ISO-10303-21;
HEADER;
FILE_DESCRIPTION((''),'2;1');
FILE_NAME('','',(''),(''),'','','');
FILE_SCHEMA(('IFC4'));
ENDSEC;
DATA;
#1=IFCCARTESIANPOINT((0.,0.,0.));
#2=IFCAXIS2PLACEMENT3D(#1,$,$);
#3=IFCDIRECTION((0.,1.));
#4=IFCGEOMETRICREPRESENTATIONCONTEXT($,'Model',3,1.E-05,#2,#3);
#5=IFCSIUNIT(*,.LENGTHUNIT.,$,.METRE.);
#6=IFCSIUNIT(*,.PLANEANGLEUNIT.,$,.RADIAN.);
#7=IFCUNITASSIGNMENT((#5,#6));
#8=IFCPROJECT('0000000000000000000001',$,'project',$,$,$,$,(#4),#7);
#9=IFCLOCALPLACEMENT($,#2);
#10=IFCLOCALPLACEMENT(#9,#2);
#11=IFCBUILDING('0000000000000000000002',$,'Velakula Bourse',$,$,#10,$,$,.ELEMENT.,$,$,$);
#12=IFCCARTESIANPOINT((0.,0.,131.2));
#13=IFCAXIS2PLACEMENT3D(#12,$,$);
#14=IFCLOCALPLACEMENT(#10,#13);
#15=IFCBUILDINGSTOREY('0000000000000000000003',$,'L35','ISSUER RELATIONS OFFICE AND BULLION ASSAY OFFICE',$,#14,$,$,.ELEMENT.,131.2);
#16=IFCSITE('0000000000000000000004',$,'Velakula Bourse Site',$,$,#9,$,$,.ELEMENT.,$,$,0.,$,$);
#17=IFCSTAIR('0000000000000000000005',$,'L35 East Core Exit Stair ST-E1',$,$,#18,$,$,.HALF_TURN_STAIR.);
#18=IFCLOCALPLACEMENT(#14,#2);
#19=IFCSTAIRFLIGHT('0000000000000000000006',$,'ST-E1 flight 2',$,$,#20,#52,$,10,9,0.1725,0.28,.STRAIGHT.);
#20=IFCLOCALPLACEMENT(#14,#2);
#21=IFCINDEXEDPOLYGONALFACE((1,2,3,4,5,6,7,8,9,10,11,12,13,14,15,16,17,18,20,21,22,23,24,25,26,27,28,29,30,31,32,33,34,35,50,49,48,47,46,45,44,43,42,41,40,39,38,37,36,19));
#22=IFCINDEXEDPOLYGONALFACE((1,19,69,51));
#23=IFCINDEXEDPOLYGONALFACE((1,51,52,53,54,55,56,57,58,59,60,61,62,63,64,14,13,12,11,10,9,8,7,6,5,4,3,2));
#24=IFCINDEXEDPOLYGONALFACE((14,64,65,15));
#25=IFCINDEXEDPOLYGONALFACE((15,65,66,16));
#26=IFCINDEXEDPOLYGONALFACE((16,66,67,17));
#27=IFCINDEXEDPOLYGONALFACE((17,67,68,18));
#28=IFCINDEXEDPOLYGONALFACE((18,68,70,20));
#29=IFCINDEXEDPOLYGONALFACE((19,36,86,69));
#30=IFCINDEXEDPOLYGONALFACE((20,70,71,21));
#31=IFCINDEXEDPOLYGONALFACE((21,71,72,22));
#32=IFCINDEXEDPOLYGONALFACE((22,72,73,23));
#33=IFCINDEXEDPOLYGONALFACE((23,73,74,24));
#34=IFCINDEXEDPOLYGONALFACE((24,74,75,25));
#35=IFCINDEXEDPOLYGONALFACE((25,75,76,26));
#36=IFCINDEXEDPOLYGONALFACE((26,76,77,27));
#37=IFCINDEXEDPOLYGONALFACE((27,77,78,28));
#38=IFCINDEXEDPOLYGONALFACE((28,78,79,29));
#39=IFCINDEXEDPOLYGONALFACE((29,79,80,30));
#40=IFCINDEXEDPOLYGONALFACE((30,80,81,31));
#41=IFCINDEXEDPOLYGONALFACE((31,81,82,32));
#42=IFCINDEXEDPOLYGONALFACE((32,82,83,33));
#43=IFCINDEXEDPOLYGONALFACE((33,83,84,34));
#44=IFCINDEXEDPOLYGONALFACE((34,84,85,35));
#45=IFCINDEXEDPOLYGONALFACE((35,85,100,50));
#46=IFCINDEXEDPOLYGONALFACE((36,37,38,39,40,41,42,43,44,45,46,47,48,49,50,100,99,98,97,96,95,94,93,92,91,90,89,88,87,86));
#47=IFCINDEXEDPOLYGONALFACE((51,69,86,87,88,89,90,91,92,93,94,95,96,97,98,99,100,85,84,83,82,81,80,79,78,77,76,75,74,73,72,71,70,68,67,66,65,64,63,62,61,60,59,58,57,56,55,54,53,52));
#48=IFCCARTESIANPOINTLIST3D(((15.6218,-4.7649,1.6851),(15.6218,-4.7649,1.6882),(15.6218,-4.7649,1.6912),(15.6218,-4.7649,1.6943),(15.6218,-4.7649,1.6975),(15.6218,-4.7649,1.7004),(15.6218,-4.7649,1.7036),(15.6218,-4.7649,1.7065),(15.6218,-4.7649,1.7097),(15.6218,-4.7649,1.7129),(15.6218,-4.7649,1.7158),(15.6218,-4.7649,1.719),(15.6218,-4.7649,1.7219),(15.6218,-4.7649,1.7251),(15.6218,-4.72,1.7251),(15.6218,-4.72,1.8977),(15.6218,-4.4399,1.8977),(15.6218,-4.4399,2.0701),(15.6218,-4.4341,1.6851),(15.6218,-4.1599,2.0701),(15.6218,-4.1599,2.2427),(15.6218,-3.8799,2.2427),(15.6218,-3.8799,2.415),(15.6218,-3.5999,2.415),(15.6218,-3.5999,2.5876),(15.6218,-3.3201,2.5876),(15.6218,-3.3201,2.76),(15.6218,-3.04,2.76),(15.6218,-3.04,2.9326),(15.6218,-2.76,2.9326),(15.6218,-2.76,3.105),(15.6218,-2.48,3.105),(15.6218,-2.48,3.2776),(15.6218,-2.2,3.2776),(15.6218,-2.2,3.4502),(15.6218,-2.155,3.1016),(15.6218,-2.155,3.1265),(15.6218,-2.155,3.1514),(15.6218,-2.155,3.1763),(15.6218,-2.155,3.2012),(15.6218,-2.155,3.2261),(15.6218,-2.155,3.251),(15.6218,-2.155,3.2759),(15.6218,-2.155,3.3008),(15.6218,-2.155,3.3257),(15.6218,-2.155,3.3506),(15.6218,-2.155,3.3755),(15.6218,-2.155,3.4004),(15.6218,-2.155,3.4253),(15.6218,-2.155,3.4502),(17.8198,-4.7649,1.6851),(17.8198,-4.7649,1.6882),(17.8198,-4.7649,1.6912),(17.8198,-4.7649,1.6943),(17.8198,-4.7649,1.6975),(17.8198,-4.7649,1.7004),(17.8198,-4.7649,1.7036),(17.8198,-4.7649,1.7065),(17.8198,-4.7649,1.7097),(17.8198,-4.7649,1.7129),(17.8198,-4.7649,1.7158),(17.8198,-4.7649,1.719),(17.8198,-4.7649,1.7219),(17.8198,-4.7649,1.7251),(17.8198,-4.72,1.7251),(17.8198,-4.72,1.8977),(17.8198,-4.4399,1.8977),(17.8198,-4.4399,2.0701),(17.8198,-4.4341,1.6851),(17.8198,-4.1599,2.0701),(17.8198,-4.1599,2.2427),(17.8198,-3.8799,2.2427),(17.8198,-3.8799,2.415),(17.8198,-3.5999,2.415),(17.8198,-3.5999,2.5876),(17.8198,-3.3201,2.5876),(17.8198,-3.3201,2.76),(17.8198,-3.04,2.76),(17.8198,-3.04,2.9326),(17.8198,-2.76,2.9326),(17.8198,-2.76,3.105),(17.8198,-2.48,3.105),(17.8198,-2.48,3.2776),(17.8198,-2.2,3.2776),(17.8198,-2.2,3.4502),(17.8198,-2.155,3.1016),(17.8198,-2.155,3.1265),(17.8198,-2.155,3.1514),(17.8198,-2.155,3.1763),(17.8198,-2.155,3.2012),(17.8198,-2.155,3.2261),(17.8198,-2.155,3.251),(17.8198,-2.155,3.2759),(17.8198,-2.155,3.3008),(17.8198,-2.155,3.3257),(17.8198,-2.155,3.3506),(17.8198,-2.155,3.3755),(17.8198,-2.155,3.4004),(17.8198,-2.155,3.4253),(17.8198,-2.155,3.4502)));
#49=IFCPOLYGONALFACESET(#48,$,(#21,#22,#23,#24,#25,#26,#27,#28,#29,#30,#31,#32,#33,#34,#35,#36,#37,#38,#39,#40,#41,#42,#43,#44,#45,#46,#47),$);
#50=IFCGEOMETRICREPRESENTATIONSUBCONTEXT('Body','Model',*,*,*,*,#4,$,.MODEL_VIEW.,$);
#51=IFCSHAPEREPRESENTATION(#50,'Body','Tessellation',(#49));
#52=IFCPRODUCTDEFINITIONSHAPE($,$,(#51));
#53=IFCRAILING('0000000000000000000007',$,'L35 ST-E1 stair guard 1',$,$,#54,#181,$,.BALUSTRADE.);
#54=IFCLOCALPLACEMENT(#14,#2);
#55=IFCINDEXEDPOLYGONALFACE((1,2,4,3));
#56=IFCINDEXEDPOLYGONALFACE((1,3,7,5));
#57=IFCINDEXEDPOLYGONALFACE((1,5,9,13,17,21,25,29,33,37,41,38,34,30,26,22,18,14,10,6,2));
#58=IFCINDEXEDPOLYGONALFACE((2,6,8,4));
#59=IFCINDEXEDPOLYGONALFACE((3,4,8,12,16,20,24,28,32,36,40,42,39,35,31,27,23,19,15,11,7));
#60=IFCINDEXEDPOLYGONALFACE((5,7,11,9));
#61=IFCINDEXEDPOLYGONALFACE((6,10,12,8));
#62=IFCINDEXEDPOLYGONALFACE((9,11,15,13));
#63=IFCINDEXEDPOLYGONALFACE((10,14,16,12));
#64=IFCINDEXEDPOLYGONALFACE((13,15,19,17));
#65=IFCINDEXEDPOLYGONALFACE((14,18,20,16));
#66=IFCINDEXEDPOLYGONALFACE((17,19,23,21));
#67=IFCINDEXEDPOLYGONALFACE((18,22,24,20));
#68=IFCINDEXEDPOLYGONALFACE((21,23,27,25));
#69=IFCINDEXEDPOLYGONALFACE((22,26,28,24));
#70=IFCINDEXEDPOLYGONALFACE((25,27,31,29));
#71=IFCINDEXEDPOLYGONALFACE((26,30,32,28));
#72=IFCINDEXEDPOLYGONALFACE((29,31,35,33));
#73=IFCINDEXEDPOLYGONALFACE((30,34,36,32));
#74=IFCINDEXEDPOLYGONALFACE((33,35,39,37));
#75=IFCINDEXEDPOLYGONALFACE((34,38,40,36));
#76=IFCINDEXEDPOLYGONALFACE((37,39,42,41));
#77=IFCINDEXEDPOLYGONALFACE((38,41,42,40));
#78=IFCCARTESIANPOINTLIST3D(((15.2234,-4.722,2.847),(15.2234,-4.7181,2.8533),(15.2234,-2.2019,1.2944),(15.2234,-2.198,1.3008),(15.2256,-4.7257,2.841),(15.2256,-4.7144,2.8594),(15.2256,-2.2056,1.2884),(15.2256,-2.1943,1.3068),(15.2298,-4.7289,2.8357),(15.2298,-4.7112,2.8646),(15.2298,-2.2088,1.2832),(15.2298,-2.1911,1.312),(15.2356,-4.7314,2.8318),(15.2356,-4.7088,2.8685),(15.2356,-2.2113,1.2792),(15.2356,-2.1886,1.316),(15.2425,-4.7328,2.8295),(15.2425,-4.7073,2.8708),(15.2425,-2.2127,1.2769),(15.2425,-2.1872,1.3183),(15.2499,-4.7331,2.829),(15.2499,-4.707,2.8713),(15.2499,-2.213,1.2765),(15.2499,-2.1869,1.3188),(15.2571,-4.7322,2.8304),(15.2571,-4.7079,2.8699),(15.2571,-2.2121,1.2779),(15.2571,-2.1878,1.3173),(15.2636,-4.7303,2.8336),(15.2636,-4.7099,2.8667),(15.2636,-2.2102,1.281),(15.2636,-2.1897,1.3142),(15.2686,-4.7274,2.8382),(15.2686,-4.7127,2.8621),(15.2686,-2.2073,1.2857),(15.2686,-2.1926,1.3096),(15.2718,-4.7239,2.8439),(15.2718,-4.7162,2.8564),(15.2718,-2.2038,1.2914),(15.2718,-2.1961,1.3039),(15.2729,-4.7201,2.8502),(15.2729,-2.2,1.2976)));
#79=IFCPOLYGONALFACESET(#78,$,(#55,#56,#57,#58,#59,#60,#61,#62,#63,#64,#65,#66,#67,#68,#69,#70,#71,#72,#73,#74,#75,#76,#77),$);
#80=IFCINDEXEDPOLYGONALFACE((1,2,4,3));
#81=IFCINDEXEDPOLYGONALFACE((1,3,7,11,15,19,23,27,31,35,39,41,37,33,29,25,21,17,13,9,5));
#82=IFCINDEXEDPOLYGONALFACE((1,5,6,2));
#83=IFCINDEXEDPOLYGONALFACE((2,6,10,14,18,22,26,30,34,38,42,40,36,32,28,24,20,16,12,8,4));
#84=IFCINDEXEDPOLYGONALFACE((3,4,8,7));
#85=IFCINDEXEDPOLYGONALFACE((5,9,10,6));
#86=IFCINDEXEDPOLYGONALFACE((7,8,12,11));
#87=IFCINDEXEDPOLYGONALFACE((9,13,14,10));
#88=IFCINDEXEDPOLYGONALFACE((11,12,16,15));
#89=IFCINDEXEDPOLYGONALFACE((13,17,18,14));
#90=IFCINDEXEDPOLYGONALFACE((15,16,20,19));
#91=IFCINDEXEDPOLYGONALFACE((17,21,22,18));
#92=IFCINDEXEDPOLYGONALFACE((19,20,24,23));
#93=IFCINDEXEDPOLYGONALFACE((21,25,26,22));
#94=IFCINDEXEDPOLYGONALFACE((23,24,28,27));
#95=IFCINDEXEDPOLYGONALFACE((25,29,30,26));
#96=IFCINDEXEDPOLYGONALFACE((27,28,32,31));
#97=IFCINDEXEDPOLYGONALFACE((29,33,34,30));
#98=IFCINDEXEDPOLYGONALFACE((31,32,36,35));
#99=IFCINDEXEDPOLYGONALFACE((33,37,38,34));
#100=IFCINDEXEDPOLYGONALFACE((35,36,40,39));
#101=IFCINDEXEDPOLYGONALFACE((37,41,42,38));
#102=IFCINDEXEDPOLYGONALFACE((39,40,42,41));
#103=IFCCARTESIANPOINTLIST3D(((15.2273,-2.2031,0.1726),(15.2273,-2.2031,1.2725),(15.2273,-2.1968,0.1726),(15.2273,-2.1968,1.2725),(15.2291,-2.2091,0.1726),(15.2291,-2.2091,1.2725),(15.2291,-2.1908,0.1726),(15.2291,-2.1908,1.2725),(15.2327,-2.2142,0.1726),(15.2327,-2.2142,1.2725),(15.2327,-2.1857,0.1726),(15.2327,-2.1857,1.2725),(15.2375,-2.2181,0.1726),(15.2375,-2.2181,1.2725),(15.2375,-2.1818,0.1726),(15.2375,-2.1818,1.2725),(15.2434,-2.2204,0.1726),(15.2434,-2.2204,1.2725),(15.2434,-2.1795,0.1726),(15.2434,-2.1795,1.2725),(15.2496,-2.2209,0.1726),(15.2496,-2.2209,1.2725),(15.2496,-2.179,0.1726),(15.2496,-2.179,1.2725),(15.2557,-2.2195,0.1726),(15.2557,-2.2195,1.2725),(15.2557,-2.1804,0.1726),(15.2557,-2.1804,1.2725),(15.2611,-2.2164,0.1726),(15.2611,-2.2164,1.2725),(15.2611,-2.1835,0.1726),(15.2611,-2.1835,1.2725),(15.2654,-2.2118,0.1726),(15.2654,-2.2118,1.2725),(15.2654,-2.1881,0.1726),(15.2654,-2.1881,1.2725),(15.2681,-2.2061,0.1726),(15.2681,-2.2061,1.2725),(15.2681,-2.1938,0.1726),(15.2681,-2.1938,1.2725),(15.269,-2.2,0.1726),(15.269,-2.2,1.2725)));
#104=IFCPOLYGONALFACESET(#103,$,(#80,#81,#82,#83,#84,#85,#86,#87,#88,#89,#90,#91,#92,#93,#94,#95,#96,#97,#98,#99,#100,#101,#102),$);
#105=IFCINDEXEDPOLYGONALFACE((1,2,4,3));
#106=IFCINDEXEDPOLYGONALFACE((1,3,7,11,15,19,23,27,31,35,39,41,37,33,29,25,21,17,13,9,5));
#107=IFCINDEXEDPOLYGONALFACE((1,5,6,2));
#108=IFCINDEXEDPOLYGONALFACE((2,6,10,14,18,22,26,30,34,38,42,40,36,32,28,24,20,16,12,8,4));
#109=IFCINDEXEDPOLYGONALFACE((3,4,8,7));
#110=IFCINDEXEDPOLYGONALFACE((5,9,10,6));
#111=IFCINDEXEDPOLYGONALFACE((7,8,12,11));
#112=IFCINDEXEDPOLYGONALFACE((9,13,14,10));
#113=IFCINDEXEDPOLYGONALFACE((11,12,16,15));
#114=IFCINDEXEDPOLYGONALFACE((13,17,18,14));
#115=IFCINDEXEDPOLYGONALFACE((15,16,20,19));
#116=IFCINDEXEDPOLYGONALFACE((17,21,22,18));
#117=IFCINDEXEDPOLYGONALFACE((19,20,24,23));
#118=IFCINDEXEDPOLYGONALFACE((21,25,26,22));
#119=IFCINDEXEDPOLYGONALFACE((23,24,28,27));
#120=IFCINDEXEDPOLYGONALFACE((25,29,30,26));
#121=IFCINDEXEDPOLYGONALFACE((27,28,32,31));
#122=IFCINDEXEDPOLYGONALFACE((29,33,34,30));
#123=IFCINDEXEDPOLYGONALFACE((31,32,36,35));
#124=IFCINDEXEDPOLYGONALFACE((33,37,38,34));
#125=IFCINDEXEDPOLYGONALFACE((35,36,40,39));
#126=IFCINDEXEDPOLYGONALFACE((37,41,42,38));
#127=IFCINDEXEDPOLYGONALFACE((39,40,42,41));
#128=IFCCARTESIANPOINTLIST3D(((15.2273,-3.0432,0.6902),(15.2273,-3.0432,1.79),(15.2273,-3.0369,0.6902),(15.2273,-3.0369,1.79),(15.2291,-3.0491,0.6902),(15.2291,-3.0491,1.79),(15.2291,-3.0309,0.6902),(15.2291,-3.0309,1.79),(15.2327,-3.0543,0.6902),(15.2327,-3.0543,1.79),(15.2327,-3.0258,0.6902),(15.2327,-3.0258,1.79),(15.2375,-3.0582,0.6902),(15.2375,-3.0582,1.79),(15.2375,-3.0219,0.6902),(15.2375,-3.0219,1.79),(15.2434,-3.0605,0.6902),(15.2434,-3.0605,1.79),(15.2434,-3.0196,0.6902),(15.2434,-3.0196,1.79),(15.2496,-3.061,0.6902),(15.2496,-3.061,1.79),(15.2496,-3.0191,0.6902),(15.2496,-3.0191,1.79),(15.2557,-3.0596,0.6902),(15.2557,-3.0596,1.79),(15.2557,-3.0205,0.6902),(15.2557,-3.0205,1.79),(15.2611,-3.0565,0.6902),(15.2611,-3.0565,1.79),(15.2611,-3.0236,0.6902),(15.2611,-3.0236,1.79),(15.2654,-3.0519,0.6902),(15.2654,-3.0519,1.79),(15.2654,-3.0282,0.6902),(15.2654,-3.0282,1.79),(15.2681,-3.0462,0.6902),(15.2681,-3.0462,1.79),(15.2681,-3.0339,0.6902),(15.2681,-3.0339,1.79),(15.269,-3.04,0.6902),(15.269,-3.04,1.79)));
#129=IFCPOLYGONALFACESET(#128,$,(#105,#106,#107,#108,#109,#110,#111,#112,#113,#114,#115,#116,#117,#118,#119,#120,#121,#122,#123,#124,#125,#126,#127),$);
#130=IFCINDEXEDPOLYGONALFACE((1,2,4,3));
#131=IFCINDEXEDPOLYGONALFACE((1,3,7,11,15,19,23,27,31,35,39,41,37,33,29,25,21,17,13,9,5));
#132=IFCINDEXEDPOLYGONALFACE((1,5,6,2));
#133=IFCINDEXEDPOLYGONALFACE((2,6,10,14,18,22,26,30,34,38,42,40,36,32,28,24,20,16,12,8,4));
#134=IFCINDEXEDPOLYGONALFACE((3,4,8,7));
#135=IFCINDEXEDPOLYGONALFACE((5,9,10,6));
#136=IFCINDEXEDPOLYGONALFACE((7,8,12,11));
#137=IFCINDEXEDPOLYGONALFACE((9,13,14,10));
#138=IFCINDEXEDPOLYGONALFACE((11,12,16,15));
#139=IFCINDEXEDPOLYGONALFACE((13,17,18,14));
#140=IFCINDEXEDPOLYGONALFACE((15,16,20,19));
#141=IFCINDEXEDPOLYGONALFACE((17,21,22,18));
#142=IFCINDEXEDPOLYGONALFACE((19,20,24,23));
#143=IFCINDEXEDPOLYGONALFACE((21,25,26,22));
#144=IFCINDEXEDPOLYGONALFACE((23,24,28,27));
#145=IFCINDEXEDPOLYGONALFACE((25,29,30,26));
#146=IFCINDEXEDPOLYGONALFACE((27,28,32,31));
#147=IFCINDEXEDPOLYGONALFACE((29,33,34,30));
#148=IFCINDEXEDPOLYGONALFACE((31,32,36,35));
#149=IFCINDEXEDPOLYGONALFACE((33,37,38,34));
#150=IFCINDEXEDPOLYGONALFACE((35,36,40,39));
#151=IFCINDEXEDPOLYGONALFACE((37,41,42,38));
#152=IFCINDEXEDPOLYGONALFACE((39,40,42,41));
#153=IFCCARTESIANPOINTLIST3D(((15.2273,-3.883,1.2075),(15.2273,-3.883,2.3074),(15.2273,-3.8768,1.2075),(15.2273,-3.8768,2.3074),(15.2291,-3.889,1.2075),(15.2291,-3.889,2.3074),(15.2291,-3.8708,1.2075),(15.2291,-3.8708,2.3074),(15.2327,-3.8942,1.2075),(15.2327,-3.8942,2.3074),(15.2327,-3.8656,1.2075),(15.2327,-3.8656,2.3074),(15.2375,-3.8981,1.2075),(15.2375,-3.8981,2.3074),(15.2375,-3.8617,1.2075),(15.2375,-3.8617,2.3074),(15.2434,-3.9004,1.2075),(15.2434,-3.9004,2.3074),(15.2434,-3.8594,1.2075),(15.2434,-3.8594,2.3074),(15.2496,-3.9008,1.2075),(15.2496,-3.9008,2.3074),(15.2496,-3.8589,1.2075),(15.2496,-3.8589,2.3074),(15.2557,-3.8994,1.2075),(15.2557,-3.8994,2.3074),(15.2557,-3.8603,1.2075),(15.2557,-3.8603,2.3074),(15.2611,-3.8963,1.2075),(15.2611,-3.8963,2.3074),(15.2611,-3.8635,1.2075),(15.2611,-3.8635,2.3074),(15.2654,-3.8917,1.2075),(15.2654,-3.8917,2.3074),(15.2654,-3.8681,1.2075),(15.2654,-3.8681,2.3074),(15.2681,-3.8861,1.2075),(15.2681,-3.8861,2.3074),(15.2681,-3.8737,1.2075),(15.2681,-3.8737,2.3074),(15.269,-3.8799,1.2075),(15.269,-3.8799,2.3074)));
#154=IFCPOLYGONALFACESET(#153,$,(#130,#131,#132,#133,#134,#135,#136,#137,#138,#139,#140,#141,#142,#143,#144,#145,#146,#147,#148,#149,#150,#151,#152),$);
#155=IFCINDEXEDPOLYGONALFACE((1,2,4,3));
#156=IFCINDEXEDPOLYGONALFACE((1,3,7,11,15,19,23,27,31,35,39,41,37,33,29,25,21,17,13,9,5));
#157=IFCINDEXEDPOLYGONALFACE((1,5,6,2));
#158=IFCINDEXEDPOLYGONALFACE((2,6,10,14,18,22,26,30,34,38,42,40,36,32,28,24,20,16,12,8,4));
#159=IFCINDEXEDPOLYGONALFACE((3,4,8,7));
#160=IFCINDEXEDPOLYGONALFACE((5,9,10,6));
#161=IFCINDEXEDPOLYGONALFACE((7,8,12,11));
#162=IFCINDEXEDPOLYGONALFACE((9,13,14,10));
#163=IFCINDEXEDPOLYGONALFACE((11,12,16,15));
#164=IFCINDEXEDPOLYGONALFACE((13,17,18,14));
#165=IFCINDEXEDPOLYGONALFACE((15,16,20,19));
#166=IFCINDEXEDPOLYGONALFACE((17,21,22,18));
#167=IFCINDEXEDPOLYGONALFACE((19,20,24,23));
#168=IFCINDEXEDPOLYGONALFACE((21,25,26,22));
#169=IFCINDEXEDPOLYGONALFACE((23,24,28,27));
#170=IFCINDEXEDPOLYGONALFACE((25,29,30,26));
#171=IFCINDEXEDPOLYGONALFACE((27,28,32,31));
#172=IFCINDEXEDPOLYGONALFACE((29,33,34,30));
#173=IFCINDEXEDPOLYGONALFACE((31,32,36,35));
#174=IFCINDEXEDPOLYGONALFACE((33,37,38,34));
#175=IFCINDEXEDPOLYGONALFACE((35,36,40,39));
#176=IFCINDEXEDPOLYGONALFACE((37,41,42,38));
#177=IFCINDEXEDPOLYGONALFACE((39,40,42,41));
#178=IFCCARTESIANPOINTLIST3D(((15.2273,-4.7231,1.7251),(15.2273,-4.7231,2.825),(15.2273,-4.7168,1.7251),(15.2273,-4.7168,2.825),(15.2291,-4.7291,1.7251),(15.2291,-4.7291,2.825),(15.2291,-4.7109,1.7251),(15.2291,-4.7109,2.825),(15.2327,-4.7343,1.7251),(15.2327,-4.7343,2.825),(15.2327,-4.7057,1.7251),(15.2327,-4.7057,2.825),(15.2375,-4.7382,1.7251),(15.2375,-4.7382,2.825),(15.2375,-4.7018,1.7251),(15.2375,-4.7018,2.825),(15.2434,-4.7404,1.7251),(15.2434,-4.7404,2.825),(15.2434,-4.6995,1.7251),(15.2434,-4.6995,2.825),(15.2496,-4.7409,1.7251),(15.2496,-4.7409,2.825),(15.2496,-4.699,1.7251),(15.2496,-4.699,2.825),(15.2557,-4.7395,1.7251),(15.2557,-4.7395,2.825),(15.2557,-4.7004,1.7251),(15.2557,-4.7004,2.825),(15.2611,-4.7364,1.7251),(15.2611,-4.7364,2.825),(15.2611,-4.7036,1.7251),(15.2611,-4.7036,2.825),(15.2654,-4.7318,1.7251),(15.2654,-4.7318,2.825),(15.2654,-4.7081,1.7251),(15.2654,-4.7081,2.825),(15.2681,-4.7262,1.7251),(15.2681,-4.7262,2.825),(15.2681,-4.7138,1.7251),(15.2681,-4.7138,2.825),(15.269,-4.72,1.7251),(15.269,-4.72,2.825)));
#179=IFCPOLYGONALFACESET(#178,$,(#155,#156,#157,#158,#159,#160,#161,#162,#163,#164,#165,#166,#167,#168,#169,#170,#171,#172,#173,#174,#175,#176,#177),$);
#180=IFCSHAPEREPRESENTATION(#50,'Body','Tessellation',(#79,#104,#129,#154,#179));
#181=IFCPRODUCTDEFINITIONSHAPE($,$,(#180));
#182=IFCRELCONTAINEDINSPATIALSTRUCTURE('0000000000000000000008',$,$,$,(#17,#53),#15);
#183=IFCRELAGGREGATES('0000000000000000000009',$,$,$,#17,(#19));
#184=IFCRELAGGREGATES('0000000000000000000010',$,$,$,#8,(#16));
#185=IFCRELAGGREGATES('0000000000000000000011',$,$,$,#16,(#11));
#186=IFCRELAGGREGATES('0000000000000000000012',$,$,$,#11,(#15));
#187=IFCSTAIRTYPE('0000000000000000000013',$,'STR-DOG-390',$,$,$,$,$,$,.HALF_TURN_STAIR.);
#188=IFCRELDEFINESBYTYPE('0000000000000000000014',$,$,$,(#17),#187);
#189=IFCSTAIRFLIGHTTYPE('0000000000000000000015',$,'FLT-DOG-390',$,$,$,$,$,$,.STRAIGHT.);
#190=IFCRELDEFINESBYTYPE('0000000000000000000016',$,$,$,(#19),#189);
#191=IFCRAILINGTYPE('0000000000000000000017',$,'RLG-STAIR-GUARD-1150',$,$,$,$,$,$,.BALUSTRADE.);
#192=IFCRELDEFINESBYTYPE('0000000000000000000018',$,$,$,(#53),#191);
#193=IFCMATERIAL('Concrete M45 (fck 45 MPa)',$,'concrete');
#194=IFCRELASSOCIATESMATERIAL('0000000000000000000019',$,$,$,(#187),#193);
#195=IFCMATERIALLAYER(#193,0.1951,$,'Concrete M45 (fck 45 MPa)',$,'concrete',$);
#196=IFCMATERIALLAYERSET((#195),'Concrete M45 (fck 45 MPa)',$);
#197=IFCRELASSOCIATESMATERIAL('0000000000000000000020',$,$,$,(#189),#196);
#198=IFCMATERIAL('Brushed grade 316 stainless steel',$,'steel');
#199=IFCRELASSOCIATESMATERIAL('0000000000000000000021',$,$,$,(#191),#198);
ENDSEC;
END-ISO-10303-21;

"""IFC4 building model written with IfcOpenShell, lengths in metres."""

from ifc_helpers import new_model, si_unit, direction, frame, origin, origin_2d, place, context, subcontext, project, spatial, polyline, circle, outline, extrude, material, layer, layer_set, type_object, element, aggregate, save


model = new_model("IFC4")

# Units and contexts
model_context = context("Model", 3, precision=1e-05, world=origin(), true_north=direction((0.0, 1.0)))
body_context = subcontext(model_context, "Body", "Model", "MODEL_VIEW")
ifc_project = project(units=[si_unit("LENGTHUNIT", "METRE"), si_unit("PLANEANGLEUNIT", "RADIAN")], contexts=[model_context])

# Site, building, storey
site_placement = place(None, origin())
site = spatial("IfcSite", under=ifc_project, at=site_placement, Name="Velakula Bourse Site", CompositionType="ELEMENT", RefElevation=0.0)
building_placement = place(site_placement, origin())
building = spatial("IfcBuilding", under=site, at=building_placement, Name="Velakula Bourse", CompositionType="ELEMENT")
storey_placement = place(building_placement, frame((0.0, 0.0, 131.2)))
storey = spatial("IfcBuildingStorey", under=building, at=storey_placement, Name="L35", Description="ISSUER RELATIONS OFFICE AND BULLION ASSAY OFFICE", CompositionType="ELEMENT", Elevation=131.2)

# Shared definitions
ifc_material_1 = material(Name="Brushed grade 316 stainless steel", Category="steel")

# Stair, stair flight
ifc_material_2 = material(Name="Concrete M45 (fck 45 MPa)", Category="concrete")
stair_type = type_object("IfcStairType", Name="STR-DOG-390", PredefinedType="HALF_TURN_STAIR", material=ifc_material_2)
stair_placement = place(storey_placement, origin())
stair = element("IfcStair", 1, at=stair_placement, inside=storey, type_object=stair_type, Name="L35 East Core Exit Stair ST-E1", PredefinedType="HALF_TURN_STAIR")
ifc_layer_1 = layer(ifc_material_2, 0.1951, Name="Concrete M45 (fck 45 MPa)", Category="concrete")
ifc_layer_set_1 = layer_set([ifc_layer_1], Name="Concrete M45 (fck 45 MPa)")
stair_flight_type = type_object("IfcStairFlightType", Name="FLT-DOG-390", PredefinedType="STRAIGHT", material=ifc_layer_set_1)
stair_flight_1_placement = place(storey_placement, frame((16.7209, -4.72, 1.7251), z_axis=(0.0, 0.0, 1.0), x_axis=(0.0, 1.0, 0.0)))
stair_flight_1 = element("IfcStairFlight", 2, at=stair_flight_1_placement, type_object=stair_flight_type, Name="ST-E1 flight 2", NumberOfRisers=10, NumberOfTreads=9, PredefinedType="STRAIGHT", RiserHeight=0.1725, TreadLength=0.28, context=body_context, shape_type="SweptSolid", body=[
    extrude(outline(polyline([(-0.0449, -0.04), (-0.0449, -0.0369), (-0.0449, -0.0339), (-0.0449, -0.0308), (-0.0449, -0.0276), (-0.0449, -0.0247), (-0.0449, -0.0215), (-0.0449, -0.0186), (-0.0449, -0.0154), (-0.0449, -0.0122), (-0.0449, -0.0093), (-0.0449, -0.0061), (-0.0449, -0.0032), (-0.0449, 0.0), (0.0, 0.0), (0.0, 0.1726), (0.28, 0.1726), (0.28, 0.345), (0.5601, 0.345), (0.5601, 0.5176), (0.8401, 0.5176), (0.8401, 0.6899), (1.1201, 0.6899), (1.1201, 0.8625), (1.3999, 0.8625), (1.3999, 1.0349), (1.6799, 1.0349), (1.6799, 1.2075), (1.96, 1.2075), (1.96, 1.3799), (2.24, 1.3799), (2.24, 1.5525), (2.52, 1.5525), (2.52, 1.7251), (2.5649, 1.7251), (2.5649, 1.7002), (2.5649, 1.6753), (2.5649, 1.6504), (2.5649, 1.6255), (2.5649, 1.6006), (2.5649, 1.5757), (2.5649, 1.5508), (2.5649, 1.5259), (2.5649, 1.501), (2.5649, 1.4761), (2.5649, 1.4512), (2.5649, 1.4263), (2.5649, 1.4014), (2.5649, 1.3765), (0.2859, -0.04), (-0.0449, -0.04)])), frame((0.0, 1.0991, 0.0), z_axis=(0.0, -1.0, 0.0), x_axis=(1.0, 0.0, 0.0)), (0.0, 0.0, 1.0), 2.198),
])
aggregate(stair, [stair_flight_1])

# Railing
railing_type_1 = type_object("IfcRailingType", Name="RLG-STAIR-GUARD-1150", PredefinedType="BALUSTRADE", material=ifc_material_1)
railing_1_placement = place(storey_placement, frame((15.248, -2.2, 0.1726)))
element("IfcRailing", 3, at=railing_1_placement, inside=storey, type_object=railing_type_1, Name="L35 ST-E1 stair guard 1", PredefinedType="BALUSTRADE", context=body_context, shape_type="SweptSolid", body=[
    extrude(circle(Radius=0.0249, at=origin_2d()), frame((0.0, 0.0, 1.125), z_axis=(0.0, -0.8514, 0.524516), x_axis=(1.0, 0.0, 0.0)), (0.0, 0.0, 1.0), 2.96),
    extrude(circle(Radius=0.021, at=origin_2d()), origin(), (0.0, 0.0, 1.0), 1.0999),
    extrude(circle(Radius=0.021, at=origin_2d()), frame((0.0, -0.8401, 0.5176)), (0.0, 0.0, 1.0), 1.0999),
    extrude(circle(Radius=0.021, at=origin_2d()), frame((0.0, -1.6799, 1.0349)), (0.0, 0.0, 1.0), 1.0999),
    extrude(circle(Radius=0.021, at=origin_2d()), frame((0.0, -2.52, 1.5525)), (0.0, 0.0, 1.0), 1.0999),
])

save(model, "model.ifc")
